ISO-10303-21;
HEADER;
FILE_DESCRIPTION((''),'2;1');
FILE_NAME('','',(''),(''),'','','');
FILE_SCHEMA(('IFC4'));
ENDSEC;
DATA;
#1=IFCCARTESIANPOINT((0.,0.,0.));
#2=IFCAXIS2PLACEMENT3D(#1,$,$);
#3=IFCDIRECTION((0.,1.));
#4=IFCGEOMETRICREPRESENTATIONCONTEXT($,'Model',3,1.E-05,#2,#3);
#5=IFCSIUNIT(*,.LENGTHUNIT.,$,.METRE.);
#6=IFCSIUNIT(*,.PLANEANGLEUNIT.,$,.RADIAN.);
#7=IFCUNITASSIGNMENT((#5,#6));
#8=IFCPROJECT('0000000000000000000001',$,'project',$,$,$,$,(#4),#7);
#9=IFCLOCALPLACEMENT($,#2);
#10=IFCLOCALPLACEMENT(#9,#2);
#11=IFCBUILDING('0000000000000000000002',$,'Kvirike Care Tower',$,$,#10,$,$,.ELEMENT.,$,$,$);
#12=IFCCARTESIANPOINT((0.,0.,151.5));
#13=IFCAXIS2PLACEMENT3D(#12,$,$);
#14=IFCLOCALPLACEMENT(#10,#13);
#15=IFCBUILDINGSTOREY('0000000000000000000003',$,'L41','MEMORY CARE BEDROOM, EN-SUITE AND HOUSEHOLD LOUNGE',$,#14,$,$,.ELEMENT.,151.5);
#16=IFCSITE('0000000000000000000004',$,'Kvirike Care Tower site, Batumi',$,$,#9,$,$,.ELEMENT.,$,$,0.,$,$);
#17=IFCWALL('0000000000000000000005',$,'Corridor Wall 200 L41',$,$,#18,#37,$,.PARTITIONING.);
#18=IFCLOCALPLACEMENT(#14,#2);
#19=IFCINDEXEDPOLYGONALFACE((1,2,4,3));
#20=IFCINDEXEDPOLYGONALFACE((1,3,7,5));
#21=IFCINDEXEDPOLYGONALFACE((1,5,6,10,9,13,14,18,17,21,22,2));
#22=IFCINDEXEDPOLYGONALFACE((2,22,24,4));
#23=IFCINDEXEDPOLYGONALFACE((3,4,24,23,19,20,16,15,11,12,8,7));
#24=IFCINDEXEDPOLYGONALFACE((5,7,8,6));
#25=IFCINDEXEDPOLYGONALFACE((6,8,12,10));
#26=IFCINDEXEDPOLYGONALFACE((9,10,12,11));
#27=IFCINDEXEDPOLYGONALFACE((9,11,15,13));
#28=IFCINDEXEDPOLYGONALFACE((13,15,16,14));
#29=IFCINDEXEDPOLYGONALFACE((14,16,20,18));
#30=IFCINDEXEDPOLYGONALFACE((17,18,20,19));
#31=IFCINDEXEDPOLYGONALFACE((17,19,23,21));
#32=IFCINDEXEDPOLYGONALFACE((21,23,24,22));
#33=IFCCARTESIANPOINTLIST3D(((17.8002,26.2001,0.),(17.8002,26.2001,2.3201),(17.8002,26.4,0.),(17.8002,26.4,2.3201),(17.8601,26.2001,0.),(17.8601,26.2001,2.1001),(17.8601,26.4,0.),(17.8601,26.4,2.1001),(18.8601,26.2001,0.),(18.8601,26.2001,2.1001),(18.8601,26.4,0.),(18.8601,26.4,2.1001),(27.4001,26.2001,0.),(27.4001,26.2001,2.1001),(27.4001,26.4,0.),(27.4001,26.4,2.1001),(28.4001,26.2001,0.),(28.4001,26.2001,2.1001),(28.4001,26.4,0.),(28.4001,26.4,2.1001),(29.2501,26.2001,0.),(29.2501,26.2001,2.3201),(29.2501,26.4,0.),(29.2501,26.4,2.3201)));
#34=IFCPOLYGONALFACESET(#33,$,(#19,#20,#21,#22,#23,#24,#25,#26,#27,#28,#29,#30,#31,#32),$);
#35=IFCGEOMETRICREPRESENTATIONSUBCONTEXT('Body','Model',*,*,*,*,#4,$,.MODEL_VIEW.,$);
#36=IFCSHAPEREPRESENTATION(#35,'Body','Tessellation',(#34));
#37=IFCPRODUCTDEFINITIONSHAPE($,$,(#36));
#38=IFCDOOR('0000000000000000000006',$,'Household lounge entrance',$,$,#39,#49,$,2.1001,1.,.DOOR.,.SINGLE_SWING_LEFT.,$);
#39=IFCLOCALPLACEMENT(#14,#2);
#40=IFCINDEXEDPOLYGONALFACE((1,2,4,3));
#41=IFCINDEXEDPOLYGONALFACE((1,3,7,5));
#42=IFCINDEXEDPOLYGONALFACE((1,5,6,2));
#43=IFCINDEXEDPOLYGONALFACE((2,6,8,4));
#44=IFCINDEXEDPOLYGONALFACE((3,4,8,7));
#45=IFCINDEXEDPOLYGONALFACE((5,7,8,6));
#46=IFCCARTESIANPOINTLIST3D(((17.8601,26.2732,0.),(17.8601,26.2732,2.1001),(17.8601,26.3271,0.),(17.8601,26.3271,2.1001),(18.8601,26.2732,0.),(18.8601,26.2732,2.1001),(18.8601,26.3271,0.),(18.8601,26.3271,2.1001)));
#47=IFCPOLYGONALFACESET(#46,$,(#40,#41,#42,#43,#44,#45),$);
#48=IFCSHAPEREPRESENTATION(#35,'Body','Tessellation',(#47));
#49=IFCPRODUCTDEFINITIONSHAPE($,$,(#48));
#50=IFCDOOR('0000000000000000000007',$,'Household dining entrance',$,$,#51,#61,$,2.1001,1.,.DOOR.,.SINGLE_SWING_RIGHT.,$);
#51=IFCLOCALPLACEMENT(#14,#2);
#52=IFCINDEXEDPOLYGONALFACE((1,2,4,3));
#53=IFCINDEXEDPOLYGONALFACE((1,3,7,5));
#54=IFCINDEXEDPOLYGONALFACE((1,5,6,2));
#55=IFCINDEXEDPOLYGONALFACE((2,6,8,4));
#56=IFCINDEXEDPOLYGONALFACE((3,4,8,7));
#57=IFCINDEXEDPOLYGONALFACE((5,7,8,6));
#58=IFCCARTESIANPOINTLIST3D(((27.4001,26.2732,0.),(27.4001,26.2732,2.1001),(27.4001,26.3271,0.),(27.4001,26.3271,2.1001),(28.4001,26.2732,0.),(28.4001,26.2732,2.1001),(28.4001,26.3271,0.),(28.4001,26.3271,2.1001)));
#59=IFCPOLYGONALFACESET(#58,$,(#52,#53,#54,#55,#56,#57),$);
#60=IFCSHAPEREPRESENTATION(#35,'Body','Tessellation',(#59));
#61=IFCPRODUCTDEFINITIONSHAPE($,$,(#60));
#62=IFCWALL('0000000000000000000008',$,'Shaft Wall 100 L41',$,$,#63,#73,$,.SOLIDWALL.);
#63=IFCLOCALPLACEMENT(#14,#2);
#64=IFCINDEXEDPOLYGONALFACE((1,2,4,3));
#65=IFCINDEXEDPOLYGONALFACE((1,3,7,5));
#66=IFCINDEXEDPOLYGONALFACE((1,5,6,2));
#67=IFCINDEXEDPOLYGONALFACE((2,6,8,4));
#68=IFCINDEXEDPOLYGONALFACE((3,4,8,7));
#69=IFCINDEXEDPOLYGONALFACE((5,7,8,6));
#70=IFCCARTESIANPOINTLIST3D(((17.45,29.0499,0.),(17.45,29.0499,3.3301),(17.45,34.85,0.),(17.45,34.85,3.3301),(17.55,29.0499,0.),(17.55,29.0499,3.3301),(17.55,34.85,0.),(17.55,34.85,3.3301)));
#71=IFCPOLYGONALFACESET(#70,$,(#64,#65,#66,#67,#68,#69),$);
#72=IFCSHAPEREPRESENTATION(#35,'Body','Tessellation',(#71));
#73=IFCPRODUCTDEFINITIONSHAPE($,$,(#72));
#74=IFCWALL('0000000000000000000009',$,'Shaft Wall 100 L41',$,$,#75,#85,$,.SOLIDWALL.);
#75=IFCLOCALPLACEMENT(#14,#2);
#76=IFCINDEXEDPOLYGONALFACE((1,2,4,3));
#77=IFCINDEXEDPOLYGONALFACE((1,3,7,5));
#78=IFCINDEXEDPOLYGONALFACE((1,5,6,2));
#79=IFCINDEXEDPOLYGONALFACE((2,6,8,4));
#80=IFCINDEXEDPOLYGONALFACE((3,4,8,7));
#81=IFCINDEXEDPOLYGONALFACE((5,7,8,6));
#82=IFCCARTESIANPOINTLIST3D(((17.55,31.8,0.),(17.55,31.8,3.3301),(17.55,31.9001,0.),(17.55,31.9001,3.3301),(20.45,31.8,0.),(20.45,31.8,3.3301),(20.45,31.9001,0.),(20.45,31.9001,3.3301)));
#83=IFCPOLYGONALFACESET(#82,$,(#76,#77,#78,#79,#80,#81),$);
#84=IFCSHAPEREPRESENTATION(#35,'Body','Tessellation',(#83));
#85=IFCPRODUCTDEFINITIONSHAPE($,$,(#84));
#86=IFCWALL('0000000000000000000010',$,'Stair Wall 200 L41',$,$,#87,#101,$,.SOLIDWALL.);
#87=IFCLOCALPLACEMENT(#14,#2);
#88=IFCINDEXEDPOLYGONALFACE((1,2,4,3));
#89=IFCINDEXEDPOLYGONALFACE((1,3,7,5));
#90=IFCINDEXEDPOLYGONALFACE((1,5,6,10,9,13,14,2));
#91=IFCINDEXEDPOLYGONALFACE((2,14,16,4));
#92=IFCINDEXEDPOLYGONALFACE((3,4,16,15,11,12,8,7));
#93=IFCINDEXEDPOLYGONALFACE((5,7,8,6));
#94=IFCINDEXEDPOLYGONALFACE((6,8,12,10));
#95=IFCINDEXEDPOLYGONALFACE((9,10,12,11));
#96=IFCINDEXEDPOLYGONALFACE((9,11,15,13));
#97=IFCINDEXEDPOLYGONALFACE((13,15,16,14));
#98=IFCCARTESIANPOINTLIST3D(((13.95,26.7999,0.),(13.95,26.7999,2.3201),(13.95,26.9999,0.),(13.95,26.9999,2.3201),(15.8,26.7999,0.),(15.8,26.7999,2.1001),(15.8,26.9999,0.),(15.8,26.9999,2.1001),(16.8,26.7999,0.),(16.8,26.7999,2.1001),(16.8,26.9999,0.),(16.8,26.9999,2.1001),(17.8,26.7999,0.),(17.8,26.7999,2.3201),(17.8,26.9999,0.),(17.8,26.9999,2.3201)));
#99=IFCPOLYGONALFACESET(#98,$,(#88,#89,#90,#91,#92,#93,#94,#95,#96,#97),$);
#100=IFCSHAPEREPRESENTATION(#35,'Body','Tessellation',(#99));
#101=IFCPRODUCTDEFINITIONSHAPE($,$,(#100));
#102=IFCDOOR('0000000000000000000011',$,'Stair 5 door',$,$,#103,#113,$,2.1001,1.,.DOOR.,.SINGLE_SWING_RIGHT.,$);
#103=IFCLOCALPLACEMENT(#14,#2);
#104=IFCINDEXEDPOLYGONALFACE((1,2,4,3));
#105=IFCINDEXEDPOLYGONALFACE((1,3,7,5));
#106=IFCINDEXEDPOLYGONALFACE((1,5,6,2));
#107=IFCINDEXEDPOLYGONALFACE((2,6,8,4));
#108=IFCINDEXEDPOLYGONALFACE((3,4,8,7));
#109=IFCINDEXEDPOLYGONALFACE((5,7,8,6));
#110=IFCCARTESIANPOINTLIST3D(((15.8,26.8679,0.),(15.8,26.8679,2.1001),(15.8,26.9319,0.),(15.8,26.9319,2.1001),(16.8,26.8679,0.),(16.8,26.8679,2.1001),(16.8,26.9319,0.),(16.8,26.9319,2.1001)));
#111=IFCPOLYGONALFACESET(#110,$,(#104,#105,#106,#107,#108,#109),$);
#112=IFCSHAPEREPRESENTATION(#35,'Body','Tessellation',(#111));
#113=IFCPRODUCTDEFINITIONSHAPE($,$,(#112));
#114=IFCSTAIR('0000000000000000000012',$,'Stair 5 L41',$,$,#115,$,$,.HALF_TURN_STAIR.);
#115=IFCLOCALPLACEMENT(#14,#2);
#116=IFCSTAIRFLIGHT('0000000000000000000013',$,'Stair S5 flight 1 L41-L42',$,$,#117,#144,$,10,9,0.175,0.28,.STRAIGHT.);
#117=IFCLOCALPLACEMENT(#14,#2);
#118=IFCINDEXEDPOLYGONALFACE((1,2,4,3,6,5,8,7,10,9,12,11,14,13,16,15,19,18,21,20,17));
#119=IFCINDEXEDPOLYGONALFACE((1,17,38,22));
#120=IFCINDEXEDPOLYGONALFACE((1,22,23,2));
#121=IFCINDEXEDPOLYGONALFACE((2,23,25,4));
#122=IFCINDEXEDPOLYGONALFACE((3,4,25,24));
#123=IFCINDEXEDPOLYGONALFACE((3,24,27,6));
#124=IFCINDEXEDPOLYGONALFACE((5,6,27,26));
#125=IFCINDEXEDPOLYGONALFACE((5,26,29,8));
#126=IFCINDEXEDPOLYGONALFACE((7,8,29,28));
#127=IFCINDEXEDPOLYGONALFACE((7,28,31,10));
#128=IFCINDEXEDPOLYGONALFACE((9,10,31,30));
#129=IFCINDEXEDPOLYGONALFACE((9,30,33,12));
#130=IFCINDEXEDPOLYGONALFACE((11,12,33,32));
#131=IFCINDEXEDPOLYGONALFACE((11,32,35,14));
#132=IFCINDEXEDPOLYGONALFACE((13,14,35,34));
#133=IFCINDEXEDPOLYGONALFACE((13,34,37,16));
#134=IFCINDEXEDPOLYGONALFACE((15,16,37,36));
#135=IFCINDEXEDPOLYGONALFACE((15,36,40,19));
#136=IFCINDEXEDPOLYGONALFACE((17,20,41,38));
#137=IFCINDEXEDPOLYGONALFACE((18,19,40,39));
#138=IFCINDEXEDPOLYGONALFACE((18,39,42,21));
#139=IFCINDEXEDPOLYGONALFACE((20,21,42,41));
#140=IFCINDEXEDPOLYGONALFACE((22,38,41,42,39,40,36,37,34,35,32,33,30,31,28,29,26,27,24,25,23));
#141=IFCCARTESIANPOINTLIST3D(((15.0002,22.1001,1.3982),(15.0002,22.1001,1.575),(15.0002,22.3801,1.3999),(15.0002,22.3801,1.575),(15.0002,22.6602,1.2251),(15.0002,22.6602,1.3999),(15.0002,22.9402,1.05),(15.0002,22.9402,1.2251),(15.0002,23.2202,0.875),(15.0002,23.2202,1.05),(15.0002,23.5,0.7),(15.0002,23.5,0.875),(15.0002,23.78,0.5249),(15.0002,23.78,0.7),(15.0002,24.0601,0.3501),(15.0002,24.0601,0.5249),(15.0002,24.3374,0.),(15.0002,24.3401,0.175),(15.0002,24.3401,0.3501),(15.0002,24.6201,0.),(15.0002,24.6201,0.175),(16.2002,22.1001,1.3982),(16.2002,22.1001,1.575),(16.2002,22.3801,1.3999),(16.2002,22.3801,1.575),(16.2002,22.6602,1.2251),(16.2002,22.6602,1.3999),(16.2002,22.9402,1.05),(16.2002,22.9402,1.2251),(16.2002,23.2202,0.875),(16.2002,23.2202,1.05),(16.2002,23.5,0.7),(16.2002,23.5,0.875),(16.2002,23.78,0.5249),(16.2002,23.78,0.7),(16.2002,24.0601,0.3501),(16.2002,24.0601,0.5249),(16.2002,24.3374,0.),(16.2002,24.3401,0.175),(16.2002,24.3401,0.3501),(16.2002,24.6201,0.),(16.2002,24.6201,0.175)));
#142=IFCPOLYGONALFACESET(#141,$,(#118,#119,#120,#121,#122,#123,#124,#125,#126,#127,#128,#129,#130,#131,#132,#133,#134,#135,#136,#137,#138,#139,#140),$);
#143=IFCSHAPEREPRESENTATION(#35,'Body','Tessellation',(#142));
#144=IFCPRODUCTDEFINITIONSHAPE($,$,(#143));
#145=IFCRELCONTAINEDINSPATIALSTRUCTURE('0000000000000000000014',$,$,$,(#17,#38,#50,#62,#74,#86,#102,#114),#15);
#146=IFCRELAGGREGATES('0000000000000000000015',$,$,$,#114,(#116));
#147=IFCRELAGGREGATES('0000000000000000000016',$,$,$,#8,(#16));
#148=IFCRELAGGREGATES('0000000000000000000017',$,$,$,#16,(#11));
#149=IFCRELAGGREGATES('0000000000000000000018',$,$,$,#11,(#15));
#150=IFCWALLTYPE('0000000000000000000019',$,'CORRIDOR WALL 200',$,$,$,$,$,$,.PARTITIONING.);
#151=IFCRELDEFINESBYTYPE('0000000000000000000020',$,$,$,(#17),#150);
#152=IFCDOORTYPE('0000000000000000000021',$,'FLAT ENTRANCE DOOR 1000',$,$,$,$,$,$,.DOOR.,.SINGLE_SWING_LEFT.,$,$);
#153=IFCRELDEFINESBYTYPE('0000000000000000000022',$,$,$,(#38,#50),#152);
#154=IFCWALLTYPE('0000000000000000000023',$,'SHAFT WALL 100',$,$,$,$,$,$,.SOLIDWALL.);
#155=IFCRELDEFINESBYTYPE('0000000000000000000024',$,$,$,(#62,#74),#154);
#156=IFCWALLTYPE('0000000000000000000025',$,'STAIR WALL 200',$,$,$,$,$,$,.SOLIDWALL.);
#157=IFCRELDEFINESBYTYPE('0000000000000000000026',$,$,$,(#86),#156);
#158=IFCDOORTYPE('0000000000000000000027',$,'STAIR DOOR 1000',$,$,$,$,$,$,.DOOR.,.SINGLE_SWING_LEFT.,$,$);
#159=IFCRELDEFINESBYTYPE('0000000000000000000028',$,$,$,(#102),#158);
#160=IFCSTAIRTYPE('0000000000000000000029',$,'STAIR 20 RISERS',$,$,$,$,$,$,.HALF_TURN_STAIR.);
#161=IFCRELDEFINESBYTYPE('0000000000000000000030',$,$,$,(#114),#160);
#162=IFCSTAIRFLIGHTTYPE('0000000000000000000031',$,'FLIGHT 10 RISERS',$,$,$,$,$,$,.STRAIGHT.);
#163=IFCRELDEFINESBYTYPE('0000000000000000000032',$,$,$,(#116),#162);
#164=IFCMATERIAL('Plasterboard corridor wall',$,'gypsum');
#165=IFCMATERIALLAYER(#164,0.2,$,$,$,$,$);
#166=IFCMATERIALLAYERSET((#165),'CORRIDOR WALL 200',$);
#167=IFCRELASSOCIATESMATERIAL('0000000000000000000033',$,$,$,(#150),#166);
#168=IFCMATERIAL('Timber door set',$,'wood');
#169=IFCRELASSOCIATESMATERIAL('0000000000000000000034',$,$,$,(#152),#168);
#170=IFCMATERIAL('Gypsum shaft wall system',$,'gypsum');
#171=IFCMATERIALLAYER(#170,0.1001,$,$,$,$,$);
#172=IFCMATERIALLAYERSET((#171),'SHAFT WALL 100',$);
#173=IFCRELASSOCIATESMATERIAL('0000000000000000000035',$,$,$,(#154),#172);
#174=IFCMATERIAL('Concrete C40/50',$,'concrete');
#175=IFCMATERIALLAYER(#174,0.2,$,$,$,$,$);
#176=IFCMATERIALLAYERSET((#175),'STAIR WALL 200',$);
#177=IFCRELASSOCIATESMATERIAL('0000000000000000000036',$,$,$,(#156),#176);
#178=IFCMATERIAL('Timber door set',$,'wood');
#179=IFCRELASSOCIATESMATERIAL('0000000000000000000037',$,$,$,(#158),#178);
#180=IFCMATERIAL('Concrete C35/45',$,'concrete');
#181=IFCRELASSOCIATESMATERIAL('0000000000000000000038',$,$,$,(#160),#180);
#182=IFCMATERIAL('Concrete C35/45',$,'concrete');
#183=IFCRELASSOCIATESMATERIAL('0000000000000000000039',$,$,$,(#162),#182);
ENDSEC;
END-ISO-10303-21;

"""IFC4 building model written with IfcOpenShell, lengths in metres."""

from ifc_helpers import new_model, si_unit, direction, frame, frame_2d, origin, place, context, subcontext, project, spatial, polyline, rectangle, outline, extrude, material, layer, layer_set, type_object, element, fill, aggregate, save


model = new_model("IFC4")

# Units and contexts
model_context = context("Model", 3, precision=1e-05, world=origin(), true_north=direction((0.0, 1.0)))
body_context = subcontext(model_context, "Body", "Model", "MODEL_VIEW")
ifc_project = project(units=[si_unit("LENGTHUNIT", "METRE"), si_unit("PLANEANGLEUNIT", "RADIAN")], contexts=[model_context])

# Site, building, storey
site_placement = place(None, origin())
site = spatial("IfcSite", under=ifc_project, at=site_placement, Name="Kvirike Care Tower site, Batumi", CompositionType="ELEMENT", RefElevation=0.0)
building_placement = place(site_placement, origin())
building = spatial("IfcBuilding", under=site, at=building_placement, Name="Kvirike Care Tower", CompositionType="ELEMENT")
storey_placement = place(building_placement, frame((0.0, 0.0, 151.5)))
storey = spatial("IfcBuildingStorey", under=building, at=storey_placement, Name="L41", Description="MEMORY CARE BEDROOM, EN-SUITE AND HOUSEHOLD LOUNGE", CompositionType="ELEMENT", Elevation=151.5)

# Wall, openings, doors
ifc_material_1 = material(Name="Plasterboard corridor wall", Category="gypsum")
ifc_layer_1 = layer(ifc_material_1, 0.2)
ifc_layer_set_1 = layer_set([ifc_layer_1], Name="CORRIDOR WALL 200")
wall_type_1 = type_object("IfcWallType", Name="CORRIDOR WALL 200", PredefinedType="PARTITIONING", material=ifc_layer_set_1)
wall_1_placement = place(storey_placement, frame((17.8, 26.3, 0.0), z_axis=(0.0, 0.0, 1.0), x_axis=(1.0, 0.0, 0.0)))
wall_1 = element("IfcWall", 1, at=wall_1_placement, inside=storey, type_object=wall_type_1, Name="Corridor Wall 200 L41", PredefinedType="PARTITIONING", context=body_context, shape_type="SweptSolid", body=[
    extrude(rectangle(XDim=11.45, YDim=0.2, at=frame_2d((5.7251, 0.0))), origin(), (0.0, 0.0, 1.0), 2.3201),
])
opening_1_placement = place(wall_1_placement, frame((0.0601, 0.0, 0.0)))
opening_1 = element("IfcOpeningElement", 2, at=opening_1_placement, cuts=wall_1, PredefinedType="OPENING", context=body_context, shape_type="SweptSolid", body=[
    extrude(rectangle(XDim=1.0, YDim=2.1001, at=frame_2d((0.5, 1.05))), frame((0.0, 0.1106, 0.0), z_axis=(0.0, -1.0, 0.0), x_axis=(1.0, 0.0, 0.0)), (0.0, 0.0, 1.0), 0.2209),
])
opening_2_placement = place(wall_1_placement, frame((9.6001, 0.0, 0.0)))
opening_2 = element("IfcOpeningElement", 3, at=opening_2_placement, cuts=wall_1, PredefinedType="OPENING", context=body_context, shape_type="SweptSolid", body=[
    extrude(rectangle(XDim=1.0, YDim=2.1001, at=frame_2d((0.5, 1.05))), frame((0.0, 0.1106, 0.0), z_axis=(0.0, -1.0, 0.0), x_axis=(1.0, 0.0, 0.0)), (0.0, 0.0, 1.0), 0.2209),
])
ifc_material_2 = material(Name="Timber door set", Category="wood")
door_type_1 = type_object("IfcDoorType", Name="FLAT ENTRANCE DOOR 1000", OperationType="SINGLE_SWING_LEFT", PredefinedType="DOOR", material=ifc_material_2)
door_1_placement = place(opening_1_placement, frame((1.0, 0.0, 0.0), z_axis=(0.0, 0.0, 1.0), x_axis=(-1.0, 0.0, 0.0)))
door_1 = element("IfcDoor", 4, at=door_1_placement, inside=storey, type_object=door_type_1, Name="Household lounge entrance", OperationType="SINGLE_SWING_LEFT", OverallHeight=2.1001, OverallWidth=1.0, PredefinedType="DOOR", context=body_context, shape_type="SweptSolid", body=[
    extrude(rectangle(XDim=1.0, YDim=2.1001, at=frame_2d((0.5, 1.05))), frame((0.0, 0.0269, 0.0), z_axis=(0.0, -1.0, 0.0), x_axis=(1.0, 0.0, 0.0)), (0.0, 0.0, 1.0), 0.054),
])
fill(opening_1, door_1)
door_2_placement = place(opening_2_placement, frame((1.0, 0.0, 0.0), z_axis=(0.0, 0.0, 1.0), x_axis=(-1.0, 0.0, 0.0)))
door_2 = element("IfcDoor", 5, at=door_2_placement, inside=storey, type_object=door_type_1, Name="Household dining entrance", OperationType="SINGLE_SWING_RIGHT", OverallHeight=2.1001, OverallWidth=1.0, PredefinedType="DOOR", context=body_context, shape_type="SweptSolid", body=[
    extrude(rectangle(XDim=1.0, YDim=2.1001, at=frame_2d((0.5, 1.05))), frame((0.0, 0.0269, 0.0), z_axis=(0.0, -1.0, 0.0), x_axis=(1.0, 0.0, 0.0)), (0.0, 0.0, 1.0), 0.054),
])
fill(opening_2, door_2)

# Walls
ifc_material_3 = material(Name="Gypsum shaft wall system", Category="gypsum")
ifc_layer_2 = layer(ifc_material_3, 0.1001)
ifc_layer_set_2 = layer_set([ifc_layer_2], Name="SHAFT WALL 100")
wall_type_2 = type_object("IfcWallType", Name="SHAFT WALL 100", PredefinedType="SOLIDWALL", material=ifc_layer_set_2)
wall_2_placement = place(storey_placement, frame((17.5, 29.05, 0.0), z_axis=(0.0, 0.0, 1.0), x_axis=(0.0, 1.0, 0.0)))
element("IfcWall", 6, at=wall_2_placement, inside=storey, type_object=wall_type_2, Name="Shaft Wall 100 L41", PredefinedType="SOLIDWALL", context=body_context, shape_type="SweptSolid", body=[
    extrude(rectangle(XDim=5.8, YDim=0.1001, at=frame_2d((2.8999, 0.0))), origin(), (0.0, 0.0, 1.0), 3.3301),
])
wall_3_placement = place(storey_placement, frame((17.55, 31.8501, 0.0), z_axis=(0.0, 0.0, 1.0), x_axis=(1.0, 0.0, 0.0)))
element("IfcWall", 7, at=wall_3_placement, inside=storey, type_object=wall_type_2, Name="Shaft Wall 100 L41", PredefinedType="SOLIDWALL", context=body_context, shape_type="SweptSolid", body=[
    extrude(rectangle(XDim=2.8999, YDim=0.1001, at=frame_2d((1.45, 0.0))), origin(), (0.0, 0.0, 1.0), 3.3301),
])

# Wall, opening, door
ifc_material_4 = material(Name="Concrete C40/50", Category="concrete")
ifc_layer_3 = layer(ifc_material_4, 0.2)
ifc_layer_set_3 = layer_set([ifc_layer_3], Name="STAIR WALL 200")
wall_type_3 = type_object("IfcWallType", Name="STAIR WALL 200", PredefinedType="SOLIDWALL", material=ifc_layer_set_3)
wall_4_placement = place(storey_placement, frame((13.95, 26.8999, 0.0), z_axis=(0.0, 0.0, 1.0), x_axis=(1.0, 0.0, 0.0)))
wall_4 = element("IfcWall", 8, at=wall_4_placement, inside=storey, type_object=wall_type_3, Name="Stair Wall 200 L41", PredefinedType="SOLIDWALL", context=body_context, shape_type="SweptSolid", body=[
    extrude(rectangle(XDim=3.8501, YDim=0.2, at=frame_2d((1.925, 0.0))), origin(), (0.0, 0.0, 1.0), 2.3201),
])
opening_3_placement = place(wall_4_placement, frame((1.8501, 0.0, 0.0)))
opening_3 = element("IfcOpeningElement", 9, at=opening_3_placement, cuts=wall_4, PredefinedType="OPENING", context=body_context, shape_type="SweptSolid", body=[
    extrude(rectangle(XDim=1.0, YDim=2.1001, at=frame_2d((0.5, 1.05))), frame((0.0, 0.1106, 0.0), z_axis=(0.0, -1.0, 0.0), x_axis=(1.0, 0.0, 0.0)), (0.0, 0.0, 1.0), 0.2209),
])
ifc_material_5 = material(Name="Timber door set", Category="wood")
door_type_2 = type_object("IfcDoorType", Name="STAIR DOOR 1000", OperationType="SINGLE_SWING_LEFT", PredefinedType="DOOR", material=ifc_material_5)
door_3_placement = place(opening_3_placement, frame((1.0, 0.0, 0.0), z_axis=(0.0, 0.0, 1.0), x_axis=(-1.0, 0.0, 0.0)))
door_3 = element("IfcDoor", 10, at=door_3_placement, inside=storey, type_object=door_type_2, Name="Stair 5 door", OperationType="SINGLE_SWING_RIGHT", OverallHeight=2.1001, OverallWidth=1.0, PredefinedType="DOOR", context=body_context, shape_type="SweptSolid", body=[
    extrude(rectangle(XDim=1.0, YDim=2.1001, at=frame_2d((0.5, 1.05))), frame((0.0, 0.032, 0.0), z_axis=(0.0, -1.0, 0.0), x_axis=(1.0, 0.0, 0.0)), (0.0, 0.0, 1.0), 0.064),
])
fill(opening_3, door_3)

# Stair, stair flight
ifc_material_6 = material(Name="Concrete C35/45", Category="concrete")
stair_type = type_object("IfcStairType", Name="STAIR 20 RISERS", PredefinedType="HALF_TURN_STAIR", material=ifc_material_6)
stair_placement = place(storey_placement, origin())
stair = element("IfcStair", 11, at=stair_placement, inside=storey, type_object=stair_type, Name="Stair 5 L41", PredefinedType="HALF_TURN_STAIR")
ifc_material_7 = material(Name="Concrete C35/45", Category="concrete")
stair_flight_type = type_object("IfcStairFlightType", Name="FLIGHT 10 RISERS", PredefinedType="STRAIGHT", material=ifc_material_7)
stair_flight_placement = place(storey_placement, frame((15.6001, 24.6201, 0.0), z_axis=(0.0, 0.0, 1.0), x_axis=(0.0, -1.0, 0.0)))
stair_flight = element("IfcStairFlight", 12, at=stair_flight_placement, type_object=stair_flight_type, Name="Stair S5 flight 1 L41-L42", NumberOfRisers=10, NumberOfTreads=9, PredefinedType="STRAIGHT", RiserHeight=0.175, TreadLength=0.28, context=body_context, shape_type="SweptSolid", body=[
    extrude(outline(polyline([(0.0, 0.0), (0.0, 0.175), (0.28, 0.175), (0.28, 0.3501), (0.5601, 0.3501), (0.5601, 0.5249), (0.8401, 0.5249), (0.8401, 0.7), (1.1201, 0.7), (1.1201, 0.875), (1.3999, 0.875), (1.3999, 1.05), (1.6799, 1.05), (1.6799, 1.2251), (1.96, 1.2251), (1.96, 1.3999), (2.24, 1.3999), (2.24, 1.575), (2.52, 1.575), (2.52, 1.75), (2.52, 1.3982), (0.2827, 0.0), (0.0, 0.0)])), frame((0.0, 0.6001, 0.0), z_axis=(0.0, -1.0, 0.0), x_axis=(1.0, 0.0, 0.0)), (0.0, 0.0, 1.0), 1.2),
])
aggregate(stair, [stair_flight])

save(model, "model.ifc")
